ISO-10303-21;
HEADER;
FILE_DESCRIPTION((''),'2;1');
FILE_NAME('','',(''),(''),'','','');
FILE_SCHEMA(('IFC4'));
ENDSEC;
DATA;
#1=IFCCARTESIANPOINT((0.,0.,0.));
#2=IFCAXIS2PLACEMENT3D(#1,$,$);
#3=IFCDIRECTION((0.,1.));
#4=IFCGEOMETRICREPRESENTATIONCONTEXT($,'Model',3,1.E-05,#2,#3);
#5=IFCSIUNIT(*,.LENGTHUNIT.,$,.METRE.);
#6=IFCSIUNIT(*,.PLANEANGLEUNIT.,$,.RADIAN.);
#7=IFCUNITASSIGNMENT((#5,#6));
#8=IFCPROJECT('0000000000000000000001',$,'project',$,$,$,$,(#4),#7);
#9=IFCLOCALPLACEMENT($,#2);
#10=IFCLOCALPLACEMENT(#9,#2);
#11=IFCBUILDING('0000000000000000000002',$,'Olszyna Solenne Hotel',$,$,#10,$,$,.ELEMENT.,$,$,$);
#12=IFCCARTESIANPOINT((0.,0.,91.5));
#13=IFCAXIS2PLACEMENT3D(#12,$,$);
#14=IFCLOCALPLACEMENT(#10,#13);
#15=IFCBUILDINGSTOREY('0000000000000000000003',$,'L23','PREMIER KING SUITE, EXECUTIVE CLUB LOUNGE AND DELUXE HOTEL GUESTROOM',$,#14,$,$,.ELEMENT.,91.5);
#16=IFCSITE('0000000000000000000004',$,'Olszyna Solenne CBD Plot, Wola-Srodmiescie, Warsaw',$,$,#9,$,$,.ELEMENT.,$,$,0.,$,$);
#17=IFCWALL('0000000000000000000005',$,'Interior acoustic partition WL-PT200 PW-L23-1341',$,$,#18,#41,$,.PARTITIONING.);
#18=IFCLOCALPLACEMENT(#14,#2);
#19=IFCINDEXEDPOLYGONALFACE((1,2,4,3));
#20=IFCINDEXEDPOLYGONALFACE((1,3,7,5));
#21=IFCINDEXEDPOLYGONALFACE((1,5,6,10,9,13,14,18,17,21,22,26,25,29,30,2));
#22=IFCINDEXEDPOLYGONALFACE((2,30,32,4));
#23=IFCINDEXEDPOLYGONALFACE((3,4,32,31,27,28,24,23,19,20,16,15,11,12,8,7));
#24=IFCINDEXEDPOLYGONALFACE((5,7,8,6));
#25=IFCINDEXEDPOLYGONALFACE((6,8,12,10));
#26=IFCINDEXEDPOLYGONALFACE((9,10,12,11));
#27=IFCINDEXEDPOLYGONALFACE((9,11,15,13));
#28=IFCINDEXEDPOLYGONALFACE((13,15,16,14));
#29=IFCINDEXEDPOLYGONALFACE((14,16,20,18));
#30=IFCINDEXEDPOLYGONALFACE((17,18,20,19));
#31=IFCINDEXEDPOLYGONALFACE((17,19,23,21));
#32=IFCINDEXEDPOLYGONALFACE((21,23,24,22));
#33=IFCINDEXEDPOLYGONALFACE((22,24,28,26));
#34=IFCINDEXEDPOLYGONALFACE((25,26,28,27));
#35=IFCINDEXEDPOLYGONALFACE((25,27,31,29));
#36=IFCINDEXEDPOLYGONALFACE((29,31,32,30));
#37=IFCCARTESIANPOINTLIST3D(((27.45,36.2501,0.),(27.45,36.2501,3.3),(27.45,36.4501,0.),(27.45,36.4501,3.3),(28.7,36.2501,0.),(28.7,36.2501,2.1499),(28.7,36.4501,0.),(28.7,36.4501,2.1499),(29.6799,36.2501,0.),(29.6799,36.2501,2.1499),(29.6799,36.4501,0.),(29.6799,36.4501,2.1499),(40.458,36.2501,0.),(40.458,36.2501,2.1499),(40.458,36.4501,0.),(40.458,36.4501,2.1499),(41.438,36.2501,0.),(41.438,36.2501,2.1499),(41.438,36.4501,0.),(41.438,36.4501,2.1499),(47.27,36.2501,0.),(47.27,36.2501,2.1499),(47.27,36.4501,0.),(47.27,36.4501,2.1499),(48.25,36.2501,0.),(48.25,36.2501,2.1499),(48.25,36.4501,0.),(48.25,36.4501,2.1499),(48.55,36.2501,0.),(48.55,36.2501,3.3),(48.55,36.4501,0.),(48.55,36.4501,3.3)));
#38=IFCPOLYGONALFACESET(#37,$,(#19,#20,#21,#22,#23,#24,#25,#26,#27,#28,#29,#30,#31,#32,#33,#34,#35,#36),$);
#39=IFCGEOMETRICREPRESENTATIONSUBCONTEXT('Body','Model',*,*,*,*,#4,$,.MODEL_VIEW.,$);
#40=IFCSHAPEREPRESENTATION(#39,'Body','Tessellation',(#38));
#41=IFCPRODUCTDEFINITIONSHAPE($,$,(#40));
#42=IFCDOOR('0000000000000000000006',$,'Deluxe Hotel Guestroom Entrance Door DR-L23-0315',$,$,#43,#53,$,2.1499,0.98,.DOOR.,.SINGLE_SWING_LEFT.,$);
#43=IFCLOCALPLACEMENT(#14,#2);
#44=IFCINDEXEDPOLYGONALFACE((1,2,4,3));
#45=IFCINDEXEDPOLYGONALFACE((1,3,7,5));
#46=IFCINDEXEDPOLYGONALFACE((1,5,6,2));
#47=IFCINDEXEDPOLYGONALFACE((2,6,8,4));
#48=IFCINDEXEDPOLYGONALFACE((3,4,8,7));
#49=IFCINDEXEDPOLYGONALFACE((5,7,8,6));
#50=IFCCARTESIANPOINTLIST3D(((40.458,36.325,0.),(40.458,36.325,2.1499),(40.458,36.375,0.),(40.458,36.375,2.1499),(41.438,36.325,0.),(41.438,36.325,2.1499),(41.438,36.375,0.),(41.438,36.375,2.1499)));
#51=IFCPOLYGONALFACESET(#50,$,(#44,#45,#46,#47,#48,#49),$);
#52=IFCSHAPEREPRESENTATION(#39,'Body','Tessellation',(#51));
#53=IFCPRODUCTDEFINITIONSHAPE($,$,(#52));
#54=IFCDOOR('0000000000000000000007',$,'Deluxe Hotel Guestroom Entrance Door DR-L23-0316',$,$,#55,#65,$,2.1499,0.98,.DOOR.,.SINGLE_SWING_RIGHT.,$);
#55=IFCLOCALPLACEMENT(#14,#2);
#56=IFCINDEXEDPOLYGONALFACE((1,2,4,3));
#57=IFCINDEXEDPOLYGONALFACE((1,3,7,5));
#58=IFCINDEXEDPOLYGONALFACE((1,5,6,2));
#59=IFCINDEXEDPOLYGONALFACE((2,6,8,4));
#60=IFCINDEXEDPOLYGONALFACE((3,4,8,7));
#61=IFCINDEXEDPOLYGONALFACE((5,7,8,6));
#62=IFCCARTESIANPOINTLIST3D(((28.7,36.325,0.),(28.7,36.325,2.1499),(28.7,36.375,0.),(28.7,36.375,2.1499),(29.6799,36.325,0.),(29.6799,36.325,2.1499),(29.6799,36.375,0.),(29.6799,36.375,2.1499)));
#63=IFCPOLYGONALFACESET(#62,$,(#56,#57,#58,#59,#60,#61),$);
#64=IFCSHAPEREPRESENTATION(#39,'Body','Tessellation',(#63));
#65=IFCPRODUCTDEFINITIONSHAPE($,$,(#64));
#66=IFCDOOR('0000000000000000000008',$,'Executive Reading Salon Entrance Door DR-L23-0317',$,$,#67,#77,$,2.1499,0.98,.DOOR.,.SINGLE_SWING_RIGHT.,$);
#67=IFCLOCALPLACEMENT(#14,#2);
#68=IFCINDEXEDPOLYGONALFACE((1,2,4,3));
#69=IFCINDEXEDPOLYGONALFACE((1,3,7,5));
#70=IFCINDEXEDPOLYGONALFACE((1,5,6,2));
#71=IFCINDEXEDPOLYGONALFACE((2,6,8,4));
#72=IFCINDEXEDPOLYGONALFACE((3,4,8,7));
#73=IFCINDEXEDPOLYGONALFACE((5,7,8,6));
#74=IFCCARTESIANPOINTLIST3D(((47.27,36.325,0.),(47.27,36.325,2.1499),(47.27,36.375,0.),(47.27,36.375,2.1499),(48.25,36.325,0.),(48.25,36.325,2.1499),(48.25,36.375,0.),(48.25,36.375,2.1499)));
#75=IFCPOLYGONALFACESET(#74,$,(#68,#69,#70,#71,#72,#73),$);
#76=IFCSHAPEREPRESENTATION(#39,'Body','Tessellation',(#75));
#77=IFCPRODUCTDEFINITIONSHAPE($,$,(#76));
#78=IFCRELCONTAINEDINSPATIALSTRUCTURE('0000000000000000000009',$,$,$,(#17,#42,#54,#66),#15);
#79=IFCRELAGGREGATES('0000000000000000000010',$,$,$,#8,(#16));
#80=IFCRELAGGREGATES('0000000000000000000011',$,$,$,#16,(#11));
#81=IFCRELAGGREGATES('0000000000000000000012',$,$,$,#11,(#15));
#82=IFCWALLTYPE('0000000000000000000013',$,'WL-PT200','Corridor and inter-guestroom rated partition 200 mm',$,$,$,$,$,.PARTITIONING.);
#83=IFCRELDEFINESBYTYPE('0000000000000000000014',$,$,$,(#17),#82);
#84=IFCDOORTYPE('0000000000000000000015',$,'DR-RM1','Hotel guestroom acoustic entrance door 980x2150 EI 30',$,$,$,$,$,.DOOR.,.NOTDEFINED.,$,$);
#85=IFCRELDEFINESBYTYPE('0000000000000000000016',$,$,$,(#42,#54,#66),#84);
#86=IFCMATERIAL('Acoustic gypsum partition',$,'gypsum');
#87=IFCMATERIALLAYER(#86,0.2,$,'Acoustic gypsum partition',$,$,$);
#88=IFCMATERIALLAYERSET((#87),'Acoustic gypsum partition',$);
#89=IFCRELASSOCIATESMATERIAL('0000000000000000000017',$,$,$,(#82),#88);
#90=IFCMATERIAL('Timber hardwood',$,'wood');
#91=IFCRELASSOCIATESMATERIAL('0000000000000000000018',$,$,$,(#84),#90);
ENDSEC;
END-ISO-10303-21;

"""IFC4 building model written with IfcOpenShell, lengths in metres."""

from ifc_helpers import new_model, si_unit, direction, frame, frame_2d, origin, place, context, subcontext, project, spatial, rectangle, extrude, source, transform, mapped, material, layer, layer_set, type_object, type_shapes, element, fill, save


model = new_model("IFC4")

# Units and contexts
model_context = context("Model", 3, precision=1e-05, world=origin(), true_north=direction((0.0, 1.0)))
body_context = subcontext(model_context, "Body", "Model", "MODEL_VIEW")
ifc_project = project(units=[si_unit("LENGTHUNIT", "METRE"), si_unit("PLANEANGLEUNIT", "RADIAN")], contexts=[model_context])

# Site, building, storey
site_placement = place(None, origin())
site = spatial("IfcSite", under=ifc_project, at=site_placement, Name="Olszyna Solenne CBD Plot, Wola-Srodmiescie, Warsaw", CompositionType="ELEMENT", RefElevation=0.0)
building_placement = place(site_placement, origin())
building = spatial("IfcBuilding", under=site, at=building_placement, Name="Olszyna Solenne Hotel", CompositionType="ELEMENT")
storey_placement = place(building_placement, frame((0.0, 0.0, 91.5)))
storey = spatial("IfcBuildingStorey", under=building, at=storey_placement, Name="L23", Description="PREMIER KING SUITE, EXECUTIVE CLUB LOUNGE AND DELUXE HOTEL GUESTROOM", CompositionType="ELEMENT", Elevation=91.5)

# Shared definitions
ifc_material_1 = material(Name="Acoustic gypsum partition", Category="gypsum")
ifc_material_2 = material(Name="Timber hardwood", Category="wood")

# Shared definitions
ifc_layer_1 = layer(ifc_material_1, 0.2, Name="Acoustic gypsum partition")
ifc_layer_set_1 = layer_set([ifc_layer_1], Name="Acoustic gypsum partition")
wall_type_1 = type_object("IfcWallType", Name="WL-PT200", Description="Corridor and inter-guestroom rated partition 200 mm", PredefinedType="PARTITIONING", material=ifc_layer_set_1)

# Wall, openings, doors
wall_1_placement = place(storey_placement, frame((27.45, 36.3501, 0.0), z_axis=(0.0, 0.0, 1.0), x_axis=(1.0, 0.0, 0.0)))
wall_1 = element("IfcWall", 1, at=wall_1_placement, inside=storey, type_object=wall_type_1, Name="Interior acoustic partition WL-PT200 PW-L23-1341", PredefinedType="PARTITIONING", context=body_context, shape_type="SweptSolid", body=[
    extrude(rectangle(XDim=21.1001, YDim=0.2, at=frame_2d((10.55, 0.0))), origin(), (0.0, 0.0, 1.0), 3.3),
])
opening_1_placement = place(wall_1_placement, frame((13.0081, 0.0, 0.0)))
opening_1 = element("IfcOpeningElement", 2, at=opening_1_placement, cuts=wall_1, PredefinedType="OPENING", context=body_context, shape_type="SweptSolid", body=[
    extrude(rectangle(XDim=0.98, YDim=2.1499, at=frame_2d((0.49, 1.075))), frame((0.0, 0.1099, 0.0), z_axis=(0.0, -1.0, 0.0), x_axis=(1.0, 0.0, 0.0)), (0.0, 0.0, 1.0), 0.22),
])
opening_2_placement = place(wall_1_placement, frame((1.25, 0.0, 0.0)))
opening_2 = element("IfcOpeningElement", 3, at=opening_2_placement, cuts=wall_1, PredefinedType="OPENING", context=body_context, shape_type="SweptSolid", body=[
    extrude(rectangle(XDim=0.98, YDim=2.1499, at=frame_2d((0.49, 1.075))), frame((0.0, 0.1099, 0.0), z_axis=(0.0, -1.0, 0.0), x_axis=(1.0, 0.0, 0.0)), (0.0, 0.0, 1.0), 0.22),
])
opening_3_placement = place(wall_1_placement, frame((19.8201, 0.0, 0.0)))
opening_3 = element("IfcOpeningElement", 4, at=opening_3_placement, cuts=wall_1, PredefinedType="OPENING", context=body_context, shape_type="SweptSolid", body=[
    extrude(rectangle(XDim=0.98, YDim=2.1499, at=frame_2d((0.49, 1.075))), frame((0.0, 0.1099, 0.0), z_axis=(0.0, -1.0, 0.0), x_axis=(1.0, 0.0, 0.0)), (0.0, 0.0, 1.0), 0.22),
])
door_type_1 = type_object("IfcDoorType", Name="DR-RM1", Description="Hotel guestroom acoustic entrance door 980x2150 EI 30", OperationType="NOTDEFINED", PredefinedType="DOOR", material=ifc_material_2)
shared_shape_1 = source(origin(), body_context, "Body", "SweptSolid", [
    extrude(rectangle(XDim=0.98, YDim=2.1499, at=frame_2d((0.49, 1.075))), frame((0.0, 0.0249, 0.0), z_axis=(0.0, -1.0, 0.0), x_axis=(1.0, 0.0, 0.0)), (0.0, 0.0, 1.0), 0.05),
])
type_shapes(door_type_1, [shared_shape_1])
door_1_placement = place(opening_1_placement, origin())
door_1 = element("IfcDoor", 5, at=door_1_placement, inside=storey, type_object=door_type_1, Name="Deluxe Hotel Guestroom Entrance Door DR-L23-0315", OperationType="SINGLE_SWING_LEFT", OverallHeight=2.1499, OverallWidth=0.98, PredefinedType="DOOR", context=body_context, shape_type="MappedRepresentation", body=[
    mapped(shared_shape_1, transform((0.0, 0.0, 0.0), x_axis=(1.0, 0.0, 0.0), y_axis=(0.0, 1.0, 0.0), z_axis=(0.0, 0.0, 1.0), scale=1.0)),
])
fill(opening_1, door_1)
door_2_placement = place(opening_2_placement, origin())
door_2 = element("IfcDoor", 6, at=door_2_placement, inside=storey, type_object=door_type_1, Name="Deluxe Hotel Guestroom Entrance Door DR-L23-0316", OperationType="SINGLE_SWING_RIGHT", OverallHeight=2.1499, OverallWidth=0.98, PredefinedType="DOOR", context=body_context, shape_type="MappedRepresentation", body=[
    mapped(shared_shape_1, transform((0.0, 0.0, 0.0), x_axis=(1.0, 0.0, 0.0), y_axis=(0.0, 1.0, 0.0), z_axis=(0.0, 0.0, 1.0), scale=1.0)),
])
fill(opening_2, door_2)
door_3_placement = place(opening_3_placement, origin())
door_3 = element("IfcDoor", 7, at=door_3_placement, inside=storey, type_object=door_type_1, Name="Executive Reading Salon Entrance Door DR-L23-0317", OperationType="SINGLE_SWING_RIGHT", OverallHeight=2.1499, OverallWidth=0.98, PredefinedType="DOOR", context=body_context, shape_type="MappedRepresentation", body=[
    mapped(shared_shape_1, transform((0.0, 0.0, 0.0), x_axis=(1.0, 0.0, 0.0), y_axis=(0.0, 1.0, 0.0), z_axis=(0.0, 0.0, 1.0), scale=1.0)),
])
fill(opening_3, door_3)

save(model, "model.ifc")
